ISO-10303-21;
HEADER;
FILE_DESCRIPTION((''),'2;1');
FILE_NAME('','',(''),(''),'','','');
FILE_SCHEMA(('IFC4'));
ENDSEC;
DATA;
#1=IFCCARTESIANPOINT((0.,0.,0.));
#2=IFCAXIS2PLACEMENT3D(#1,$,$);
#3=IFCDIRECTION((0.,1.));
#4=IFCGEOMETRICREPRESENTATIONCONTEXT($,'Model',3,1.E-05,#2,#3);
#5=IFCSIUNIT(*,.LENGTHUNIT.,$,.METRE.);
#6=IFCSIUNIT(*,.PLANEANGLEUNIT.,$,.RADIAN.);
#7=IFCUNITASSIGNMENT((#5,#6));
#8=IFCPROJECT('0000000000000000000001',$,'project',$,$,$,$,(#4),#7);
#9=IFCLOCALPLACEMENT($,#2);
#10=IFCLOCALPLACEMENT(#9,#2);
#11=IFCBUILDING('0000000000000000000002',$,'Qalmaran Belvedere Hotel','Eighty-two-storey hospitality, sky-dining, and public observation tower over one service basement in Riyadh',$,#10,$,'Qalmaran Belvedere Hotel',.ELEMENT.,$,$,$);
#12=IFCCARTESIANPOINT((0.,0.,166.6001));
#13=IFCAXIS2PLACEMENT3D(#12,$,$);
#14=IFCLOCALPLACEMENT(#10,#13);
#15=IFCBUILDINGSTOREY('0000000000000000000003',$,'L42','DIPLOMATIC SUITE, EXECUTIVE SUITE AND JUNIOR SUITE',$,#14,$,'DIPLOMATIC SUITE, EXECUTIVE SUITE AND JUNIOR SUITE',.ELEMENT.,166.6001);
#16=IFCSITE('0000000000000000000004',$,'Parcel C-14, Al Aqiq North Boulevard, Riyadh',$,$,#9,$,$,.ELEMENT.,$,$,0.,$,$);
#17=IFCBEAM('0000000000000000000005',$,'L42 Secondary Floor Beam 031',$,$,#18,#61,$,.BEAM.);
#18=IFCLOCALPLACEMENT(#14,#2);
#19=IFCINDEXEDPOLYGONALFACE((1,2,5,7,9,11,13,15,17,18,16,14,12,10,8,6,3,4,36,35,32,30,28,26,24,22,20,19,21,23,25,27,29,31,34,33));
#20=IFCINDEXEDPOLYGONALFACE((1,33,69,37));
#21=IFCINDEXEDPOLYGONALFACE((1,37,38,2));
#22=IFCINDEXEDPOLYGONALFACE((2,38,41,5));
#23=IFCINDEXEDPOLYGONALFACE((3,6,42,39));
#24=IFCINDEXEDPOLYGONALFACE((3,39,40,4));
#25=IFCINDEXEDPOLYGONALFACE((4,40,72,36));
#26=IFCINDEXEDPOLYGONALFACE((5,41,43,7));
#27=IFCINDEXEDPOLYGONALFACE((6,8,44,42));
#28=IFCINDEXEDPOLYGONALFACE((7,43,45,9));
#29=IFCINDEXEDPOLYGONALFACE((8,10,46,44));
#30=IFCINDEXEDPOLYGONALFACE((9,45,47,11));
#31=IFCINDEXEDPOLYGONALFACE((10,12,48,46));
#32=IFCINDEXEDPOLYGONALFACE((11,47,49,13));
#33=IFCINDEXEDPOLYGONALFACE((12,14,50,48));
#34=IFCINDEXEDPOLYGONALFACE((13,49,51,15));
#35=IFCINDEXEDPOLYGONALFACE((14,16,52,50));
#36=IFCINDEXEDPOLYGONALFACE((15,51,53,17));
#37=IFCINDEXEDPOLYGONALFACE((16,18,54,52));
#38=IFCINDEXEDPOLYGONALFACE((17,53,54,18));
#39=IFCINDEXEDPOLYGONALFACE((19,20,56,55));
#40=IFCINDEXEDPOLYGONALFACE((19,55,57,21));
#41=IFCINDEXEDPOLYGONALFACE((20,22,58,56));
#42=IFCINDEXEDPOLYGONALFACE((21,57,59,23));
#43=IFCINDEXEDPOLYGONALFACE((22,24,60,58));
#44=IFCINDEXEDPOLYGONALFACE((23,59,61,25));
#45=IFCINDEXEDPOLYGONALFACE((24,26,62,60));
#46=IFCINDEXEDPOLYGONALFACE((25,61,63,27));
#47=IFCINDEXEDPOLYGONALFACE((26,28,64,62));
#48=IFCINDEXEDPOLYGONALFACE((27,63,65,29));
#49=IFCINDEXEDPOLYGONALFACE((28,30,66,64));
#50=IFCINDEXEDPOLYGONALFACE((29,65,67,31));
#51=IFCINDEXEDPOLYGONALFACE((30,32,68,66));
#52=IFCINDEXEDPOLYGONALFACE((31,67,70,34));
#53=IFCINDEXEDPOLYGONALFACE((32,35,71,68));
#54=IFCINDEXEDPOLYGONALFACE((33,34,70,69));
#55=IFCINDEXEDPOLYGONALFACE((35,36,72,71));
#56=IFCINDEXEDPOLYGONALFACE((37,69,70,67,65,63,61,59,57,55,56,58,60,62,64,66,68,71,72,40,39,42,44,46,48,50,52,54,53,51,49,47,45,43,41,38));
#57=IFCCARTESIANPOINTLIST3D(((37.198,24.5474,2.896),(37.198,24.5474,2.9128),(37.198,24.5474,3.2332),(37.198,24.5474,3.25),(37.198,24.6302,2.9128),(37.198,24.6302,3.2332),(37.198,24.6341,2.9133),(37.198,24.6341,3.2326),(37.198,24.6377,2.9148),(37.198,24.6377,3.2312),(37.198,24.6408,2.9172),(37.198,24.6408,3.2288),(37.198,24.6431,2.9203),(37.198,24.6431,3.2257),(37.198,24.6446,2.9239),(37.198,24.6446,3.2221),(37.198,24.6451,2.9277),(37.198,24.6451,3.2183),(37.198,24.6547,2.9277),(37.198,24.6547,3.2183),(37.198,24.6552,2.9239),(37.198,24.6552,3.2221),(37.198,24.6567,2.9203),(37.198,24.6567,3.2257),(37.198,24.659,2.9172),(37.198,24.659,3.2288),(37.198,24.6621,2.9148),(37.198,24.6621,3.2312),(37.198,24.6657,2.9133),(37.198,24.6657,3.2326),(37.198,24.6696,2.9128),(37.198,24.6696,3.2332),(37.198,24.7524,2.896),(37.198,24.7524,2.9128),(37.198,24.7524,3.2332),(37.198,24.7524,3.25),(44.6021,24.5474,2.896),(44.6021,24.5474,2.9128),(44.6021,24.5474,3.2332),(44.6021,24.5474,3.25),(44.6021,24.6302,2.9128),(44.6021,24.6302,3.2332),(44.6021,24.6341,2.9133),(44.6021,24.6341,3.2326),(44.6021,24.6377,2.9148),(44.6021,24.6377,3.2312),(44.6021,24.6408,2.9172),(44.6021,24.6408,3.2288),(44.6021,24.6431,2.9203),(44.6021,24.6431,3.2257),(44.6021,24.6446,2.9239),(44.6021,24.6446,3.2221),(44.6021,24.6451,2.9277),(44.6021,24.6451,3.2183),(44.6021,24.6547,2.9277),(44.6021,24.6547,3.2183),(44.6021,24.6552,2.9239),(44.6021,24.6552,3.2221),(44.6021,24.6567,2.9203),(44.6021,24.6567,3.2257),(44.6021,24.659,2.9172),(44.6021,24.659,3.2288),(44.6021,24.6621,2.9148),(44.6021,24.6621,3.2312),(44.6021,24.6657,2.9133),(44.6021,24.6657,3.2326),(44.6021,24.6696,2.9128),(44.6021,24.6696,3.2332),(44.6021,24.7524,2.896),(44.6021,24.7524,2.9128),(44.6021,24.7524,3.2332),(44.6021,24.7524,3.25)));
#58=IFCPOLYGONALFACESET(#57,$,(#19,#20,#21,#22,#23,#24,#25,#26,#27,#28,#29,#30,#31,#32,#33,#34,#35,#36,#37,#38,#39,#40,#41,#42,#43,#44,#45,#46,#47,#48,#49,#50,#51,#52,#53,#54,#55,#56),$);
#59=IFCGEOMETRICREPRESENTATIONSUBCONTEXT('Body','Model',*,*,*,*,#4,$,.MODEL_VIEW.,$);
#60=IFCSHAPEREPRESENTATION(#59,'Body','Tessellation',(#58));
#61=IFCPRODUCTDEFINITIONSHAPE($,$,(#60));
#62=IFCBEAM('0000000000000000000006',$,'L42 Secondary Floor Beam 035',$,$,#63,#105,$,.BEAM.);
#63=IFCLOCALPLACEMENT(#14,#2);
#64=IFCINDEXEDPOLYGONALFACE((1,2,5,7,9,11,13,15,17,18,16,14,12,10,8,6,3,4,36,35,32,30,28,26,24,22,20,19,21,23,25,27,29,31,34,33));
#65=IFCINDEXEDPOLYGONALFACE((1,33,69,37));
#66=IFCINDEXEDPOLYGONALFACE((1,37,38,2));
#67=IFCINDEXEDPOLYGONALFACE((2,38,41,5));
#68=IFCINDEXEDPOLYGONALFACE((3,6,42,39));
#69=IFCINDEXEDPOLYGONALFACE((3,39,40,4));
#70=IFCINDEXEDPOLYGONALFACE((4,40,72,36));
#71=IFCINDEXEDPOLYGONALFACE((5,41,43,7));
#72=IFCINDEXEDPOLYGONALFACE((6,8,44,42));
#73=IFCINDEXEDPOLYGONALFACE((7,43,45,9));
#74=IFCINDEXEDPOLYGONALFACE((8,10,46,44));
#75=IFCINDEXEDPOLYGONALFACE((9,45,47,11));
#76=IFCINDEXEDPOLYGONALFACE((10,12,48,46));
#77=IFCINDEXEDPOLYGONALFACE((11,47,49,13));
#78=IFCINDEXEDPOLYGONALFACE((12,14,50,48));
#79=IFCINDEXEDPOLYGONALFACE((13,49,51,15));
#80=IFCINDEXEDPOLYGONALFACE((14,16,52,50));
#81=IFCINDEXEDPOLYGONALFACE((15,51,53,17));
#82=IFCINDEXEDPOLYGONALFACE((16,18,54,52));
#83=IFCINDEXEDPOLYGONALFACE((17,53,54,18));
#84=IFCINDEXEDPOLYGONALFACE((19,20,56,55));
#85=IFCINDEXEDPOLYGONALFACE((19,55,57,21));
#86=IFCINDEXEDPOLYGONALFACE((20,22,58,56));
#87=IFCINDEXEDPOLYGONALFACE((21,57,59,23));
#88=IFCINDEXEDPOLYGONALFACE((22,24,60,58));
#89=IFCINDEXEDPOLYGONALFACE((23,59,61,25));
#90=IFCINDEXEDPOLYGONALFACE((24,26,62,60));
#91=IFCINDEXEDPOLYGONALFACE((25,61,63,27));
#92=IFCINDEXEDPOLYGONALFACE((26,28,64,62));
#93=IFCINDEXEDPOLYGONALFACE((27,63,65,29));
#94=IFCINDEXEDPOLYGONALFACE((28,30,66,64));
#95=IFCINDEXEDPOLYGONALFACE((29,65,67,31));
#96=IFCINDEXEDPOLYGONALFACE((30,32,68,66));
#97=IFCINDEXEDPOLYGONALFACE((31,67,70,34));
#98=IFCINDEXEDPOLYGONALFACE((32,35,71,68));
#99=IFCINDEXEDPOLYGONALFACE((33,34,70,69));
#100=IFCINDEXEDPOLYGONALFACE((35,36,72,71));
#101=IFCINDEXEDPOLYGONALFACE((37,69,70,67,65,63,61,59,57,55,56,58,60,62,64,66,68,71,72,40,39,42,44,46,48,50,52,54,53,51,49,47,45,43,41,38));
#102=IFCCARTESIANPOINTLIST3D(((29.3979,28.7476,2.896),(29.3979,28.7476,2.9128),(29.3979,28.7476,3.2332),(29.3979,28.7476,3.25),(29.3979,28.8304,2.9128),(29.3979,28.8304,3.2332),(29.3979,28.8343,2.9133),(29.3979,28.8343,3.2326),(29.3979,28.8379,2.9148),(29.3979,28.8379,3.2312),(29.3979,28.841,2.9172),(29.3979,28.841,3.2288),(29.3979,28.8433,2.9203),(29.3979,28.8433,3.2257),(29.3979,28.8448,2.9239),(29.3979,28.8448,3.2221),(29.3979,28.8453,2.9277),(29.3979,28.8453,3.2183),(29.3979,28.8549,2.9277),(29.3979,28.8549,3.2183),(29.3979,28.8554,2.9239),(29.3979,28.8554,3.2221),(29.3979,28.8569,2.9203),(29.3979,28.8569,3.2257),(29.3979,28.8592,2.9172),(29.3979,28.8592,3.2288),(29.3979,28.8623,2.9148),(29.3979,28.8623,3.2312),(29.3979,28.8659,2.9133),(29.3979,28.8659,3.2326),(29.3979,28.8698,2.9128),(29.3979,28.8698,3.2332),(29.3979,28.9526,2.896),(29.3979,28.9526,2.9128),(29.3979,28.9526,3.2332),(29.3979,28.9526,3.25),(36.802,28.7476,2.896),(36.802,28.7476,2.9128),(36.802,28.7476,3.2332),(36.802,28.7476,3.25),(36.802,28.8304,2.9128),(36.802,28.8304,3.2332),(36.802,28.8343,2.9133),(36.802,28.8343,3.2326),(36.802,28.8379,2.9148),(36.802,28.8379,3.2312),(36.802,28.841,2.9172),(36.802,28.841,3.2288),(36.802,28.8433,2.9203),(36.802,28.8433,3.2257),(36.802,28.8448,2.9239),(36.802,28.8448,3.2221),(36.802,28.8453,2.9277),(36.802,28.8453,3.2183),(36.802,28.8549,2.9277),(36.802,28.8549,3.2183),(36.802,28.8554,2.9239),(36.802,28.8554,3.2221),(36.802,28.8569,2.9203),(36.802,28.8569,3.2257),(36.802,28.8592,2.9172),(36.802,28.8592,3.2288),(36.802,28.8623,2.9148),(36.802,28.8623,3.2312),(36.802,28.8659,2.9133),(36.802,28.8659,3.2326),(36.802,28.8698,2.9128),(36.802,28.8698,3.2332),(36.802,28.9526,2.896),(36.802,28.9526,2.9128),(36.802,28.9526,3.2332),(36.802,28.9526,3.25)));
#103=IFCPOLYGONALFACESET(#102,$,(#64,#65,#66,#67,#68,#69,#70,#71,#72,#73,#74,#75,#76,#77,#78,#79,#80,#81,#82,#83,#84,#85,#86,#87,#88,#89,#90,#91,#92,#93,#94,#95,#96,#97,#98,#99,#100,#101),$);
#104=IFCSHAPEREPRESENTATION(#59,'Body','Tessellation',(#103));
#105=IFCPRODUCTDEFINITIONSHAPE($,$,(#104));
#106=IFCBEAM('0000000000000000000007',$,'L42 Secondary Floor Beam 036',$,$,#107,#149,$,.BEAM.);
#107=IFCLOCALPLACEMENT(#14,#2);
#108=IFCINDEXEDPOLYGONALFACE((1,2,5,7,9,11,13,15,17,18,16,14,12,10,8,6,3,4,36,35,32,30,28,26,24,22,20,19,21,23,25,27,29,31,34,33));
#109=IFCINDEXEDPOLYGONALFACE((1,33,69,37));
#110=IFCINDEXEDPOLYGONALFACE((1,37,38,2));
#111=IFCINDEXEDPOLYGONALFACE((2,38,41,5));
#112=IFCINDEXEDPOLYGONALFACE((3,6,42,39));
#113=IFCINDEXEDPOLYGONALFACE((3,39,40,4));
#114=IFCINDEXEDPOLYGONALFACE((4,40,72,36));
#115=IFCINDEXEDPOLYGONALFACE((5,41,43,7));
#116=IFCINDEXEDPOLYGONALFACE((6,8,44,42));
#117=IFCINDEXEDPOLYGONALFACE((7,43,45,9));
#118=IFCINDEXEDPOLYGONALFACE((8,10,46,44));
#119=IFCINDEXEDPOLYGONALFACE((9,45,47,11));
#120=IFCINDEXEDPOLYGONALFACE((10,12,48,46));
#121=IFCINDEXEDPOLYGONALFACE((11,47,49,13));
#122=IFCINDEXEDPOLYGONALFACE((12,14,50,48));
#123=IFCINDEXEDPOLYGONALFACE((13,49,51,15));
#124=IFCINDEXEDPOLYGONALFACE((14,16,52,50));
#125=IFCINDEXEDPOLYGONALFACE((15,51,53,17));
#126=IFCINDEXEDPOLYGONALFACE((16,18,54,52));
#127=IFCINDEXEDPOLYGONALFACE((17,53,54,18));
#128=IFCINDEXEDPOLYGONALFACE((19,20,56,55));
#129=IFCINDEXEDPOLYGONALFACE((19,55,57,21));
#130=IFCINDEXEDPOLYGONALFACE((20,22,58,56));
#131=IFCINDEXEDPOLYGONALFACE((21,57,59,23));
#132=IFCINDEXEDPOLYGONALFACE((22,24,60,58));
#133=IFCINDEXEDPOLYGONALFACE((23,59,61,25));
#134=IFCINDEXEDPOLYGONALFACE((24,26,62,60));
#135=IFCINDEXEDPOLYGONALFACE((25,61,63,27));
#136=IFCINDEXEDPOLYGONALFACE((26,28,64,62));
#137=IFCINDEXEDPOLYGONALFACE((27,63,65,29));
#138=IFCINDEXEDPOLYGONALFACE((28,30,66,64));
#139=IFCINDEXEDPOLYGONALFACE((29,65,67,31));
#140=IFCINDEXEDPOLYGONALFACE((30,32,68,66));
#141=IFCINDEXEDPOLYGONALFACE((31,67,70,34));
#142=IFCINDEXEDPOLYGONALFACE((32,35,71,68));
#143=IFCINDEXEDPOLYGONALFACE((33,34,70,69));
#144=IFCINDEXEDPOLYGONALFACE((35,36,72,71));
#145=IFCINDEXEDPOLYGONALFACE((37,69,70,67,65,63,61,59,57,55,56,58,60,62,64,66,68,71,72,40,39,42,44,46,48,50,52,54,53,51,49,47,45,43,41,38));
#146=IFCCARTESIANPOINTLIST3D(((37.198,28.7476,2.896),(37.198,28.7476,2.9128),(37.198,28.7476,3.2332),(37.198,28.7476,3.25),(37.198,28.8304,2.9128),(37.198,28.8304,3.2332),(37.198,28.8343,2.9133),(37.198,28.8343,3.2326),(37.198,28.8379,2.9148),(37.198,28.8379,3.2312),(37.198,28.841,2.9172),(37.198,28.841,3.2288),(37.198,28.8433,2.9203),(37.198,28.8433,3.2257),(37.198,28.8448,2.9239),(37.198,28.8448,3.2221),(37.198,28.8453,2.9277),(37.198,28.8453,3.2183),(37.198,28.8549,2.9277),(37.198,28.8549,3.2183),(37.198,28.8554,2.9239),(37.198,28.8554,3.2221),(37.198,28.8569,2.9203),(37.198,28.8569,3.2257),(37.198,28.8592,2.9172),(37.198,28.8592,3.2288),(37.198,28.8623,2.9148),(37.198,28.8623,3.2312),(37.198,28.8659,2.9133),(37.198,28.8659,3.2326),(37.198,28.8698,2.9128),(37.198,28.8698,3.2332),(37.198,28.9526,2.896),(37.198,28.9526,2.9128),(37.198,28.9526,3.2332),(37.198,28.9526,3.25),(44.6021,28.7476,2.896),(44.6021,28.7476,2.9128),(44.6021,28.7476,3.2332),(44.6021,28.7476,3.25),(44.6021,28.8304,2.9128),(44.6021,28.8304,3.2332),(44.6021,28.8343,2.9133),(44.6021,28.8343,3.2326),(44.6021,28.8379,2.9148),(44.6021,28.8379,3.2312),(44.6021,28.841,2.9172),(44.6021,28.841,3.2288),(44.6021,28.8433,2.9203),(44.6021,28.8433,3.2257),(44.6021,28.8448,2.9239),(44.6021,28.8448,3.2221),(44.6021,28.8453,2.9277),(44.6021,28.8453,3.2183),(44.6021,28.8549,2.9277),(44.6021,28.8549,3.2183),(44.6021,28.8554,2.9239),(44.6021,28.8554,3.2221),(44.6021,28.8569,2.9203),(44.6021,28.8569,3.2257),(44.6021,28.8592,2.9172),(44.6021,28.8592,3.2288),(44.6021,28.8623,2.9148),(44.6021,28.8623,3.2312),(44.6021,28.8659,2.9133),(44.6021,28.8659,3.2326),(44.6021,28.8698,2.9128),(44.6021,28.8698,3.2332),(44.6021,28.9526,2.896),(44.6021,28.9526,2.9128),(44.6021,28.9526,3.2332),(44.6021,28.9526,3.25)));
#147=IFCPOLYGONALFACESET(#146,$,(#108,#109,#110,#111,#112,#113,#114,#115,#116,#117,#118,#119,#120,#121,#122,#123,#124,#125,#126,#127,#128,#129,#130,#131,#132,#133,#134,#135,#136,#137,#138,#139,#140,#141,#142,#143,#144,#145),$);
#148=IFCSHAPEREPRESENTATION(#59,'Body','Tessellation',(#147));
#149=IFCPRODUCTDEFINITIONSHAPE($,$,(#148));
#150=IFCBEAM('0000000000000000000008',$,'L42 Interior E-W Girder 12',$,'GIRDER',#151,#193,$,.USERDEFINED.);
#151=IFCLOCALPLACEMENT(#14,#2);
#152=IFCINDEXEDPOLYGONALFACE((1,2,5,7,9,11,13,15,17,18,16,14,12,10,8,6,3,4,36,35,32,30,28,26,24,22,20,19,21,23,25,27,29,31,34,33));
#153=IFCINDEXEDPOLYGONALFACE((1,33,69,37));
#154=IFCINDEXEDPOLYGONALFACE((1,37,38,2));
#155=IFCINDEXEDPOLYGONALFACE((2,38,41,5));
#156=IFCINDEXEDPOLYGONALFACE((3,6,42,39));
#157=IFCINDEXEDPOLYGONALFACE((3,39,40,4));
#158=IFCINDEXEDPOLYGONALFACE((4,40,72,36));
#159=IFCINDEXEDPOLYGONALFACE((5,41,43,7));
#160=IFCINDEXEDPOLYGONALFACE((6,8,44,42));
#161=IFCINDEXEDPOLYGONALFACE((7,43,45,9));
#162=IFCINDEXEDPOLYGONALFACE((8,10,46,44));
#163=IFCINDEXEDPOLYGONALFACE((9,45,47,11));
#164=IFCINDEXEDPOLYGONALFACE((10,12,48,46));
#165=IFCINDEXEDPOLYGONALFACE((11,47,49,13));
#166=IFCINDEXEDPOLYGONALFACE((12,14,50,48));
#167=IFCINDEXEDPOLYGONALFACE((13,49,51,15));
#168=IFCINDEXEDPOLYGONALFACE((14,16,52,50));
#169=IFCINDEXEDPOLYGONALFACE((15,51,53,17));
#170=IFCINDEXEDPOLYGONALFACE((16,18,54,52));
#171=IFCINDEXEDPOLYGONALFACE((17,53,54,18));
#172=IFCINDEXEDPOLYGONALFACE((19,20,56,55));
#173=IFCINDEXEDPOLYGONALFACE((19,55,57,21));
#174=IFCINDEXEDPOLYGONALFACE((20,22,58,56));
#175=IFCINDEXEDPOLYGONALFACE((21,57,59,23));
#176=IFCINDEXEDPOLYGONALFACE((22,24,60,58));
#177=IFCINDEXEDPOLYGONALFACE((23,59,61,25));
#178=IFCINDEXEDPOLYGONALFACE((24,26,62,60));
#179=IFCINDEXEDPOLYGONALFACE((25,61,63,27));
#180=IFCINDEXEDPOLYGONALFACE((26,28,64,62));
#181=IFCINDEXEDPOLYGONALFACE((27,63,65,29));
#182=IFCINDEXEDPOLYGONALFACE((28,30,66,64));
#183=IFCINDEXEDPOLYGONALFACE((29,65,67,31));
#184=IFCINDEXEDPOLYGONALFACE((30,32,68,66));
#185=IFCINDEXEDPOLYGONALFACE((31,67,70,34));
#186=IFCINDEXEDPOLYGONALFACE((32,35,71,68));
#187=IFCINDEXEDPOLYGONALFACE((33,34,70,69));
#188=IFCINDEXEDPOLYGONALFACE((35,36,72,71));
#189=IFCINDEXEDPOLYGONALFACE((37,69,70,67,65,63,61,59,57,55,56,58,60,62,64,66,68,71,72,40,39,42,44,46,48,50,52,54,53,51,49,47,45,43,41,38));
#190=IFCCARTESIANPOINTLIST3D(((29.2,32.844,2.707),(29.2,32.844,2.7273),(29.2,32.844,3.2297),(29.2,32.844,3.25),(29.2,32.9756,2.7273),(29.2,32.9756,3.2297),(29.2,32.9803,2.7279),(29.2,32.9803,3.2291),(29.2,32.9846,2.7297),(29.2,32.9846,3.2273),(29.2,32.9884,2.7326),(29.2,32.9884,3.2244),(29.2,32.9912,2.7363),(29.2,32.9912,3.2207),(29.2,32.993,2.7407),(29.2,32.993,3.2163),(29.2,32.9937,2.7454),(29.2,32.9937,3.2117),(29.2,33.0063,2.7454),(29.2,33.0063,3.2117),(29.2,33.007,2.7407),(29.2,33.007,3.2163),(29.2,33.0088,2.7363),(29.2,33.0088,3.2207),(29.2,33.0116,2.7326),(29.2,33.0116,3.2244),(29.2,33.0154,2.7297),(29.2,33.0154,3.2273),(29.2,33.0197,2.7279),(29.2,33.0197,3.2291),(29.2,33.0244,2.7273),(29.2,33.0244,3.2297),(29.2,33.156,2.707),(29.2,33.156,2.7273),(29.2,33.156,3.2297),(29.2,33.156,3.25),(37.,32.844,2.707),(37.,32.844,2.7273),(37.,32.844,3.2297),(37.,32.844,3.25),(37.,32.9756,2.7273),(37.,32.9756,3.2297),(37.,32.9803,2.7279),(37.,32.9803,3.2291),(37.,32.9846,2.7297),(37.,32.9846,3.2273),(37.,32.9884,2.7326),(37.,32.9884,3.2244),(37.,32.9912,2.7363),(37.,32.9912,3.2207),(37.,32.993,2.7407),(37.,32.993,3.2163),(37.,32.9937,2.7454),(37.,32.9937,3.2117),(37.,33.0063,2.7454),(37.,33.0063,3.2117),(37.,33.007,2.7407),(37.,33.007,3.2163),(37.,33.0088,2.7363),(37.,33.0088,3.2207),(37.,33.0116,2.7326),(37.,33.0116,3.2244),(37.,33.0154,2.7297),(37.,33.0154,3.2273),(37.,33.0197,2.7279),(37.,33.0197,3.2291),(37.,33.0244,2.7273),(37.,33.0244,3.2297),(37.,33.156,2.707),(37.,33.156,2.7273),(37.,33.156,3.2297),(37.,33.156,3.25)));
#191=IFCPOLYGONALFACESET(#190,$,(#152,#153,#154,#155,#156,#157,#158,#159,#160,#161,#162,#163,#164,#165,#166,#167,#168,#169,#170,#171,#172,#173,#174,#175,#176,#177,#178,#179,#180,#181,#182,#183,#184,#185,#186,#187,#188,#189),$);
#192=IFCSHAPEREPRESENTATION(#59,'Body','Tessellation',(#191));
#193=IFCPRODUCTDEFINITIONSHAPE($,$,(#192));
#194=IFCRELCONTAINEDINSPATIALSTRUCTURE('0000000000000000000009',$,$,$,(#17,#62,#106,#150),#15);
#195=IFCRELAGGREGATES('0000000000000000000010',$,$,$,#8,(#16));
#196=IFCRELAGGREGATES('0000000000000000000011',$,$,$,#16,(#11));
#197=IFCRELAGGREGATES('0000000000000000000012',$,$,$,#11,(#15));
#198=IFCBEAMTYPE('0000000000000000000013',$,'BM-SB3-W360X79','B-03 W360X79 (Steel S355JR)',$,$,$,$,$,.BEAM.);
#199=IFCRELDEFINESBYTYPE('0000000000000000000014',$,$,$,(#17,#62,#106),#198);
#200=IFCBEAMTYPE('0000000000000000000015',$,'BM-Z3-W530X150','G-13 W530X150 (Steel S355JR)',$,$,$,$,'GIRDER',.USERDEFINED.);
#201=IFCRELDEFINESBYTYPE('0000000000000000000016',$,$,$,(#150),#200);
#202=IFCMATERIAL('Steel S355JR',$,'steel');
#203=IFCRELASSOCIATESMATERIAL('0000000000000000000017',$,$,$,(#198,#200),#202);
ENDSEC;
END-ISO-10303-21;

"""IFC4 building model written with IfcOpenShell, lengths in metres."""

from ifc_helpers import new_model, si_unit, direction, frame, origin, origin_2d, place, context, subcontext, project, spatial, i_section, extrude, material, material_profile, profile_set, type_object, element, save


model = new_model("IFC4")

# Units and contexts
model_context = context("Model", 3, precision=1e-05, world=origin(), true_north=direction((0.0, 1.0)))
body_context = subcontext(model_context, "Body", "Model", "MODEL_VIEW")
ifc_project = project(units=[si_unit("LENGTHUNIT", "METRE"), si_unit("PLANEANGLEUNIT", "RADIAN")], contexts=[model_context])

# Site, building, storey
site_placement = place(None, origin())
site = spatial("IfcSite", under=ifc_project, at=site_placement, Name="Parcel C-14, Al Aqiq North Boulevard, Riyadh", CompositionType="ELEMENT", RefElevation=0.0)
building_placement = place(site_placement, origin())
building = spatial("IfcBuilding", under=site, at=building_placement, Name="Qalmaran Belvedere Hotel", Description="Eighty-two-storey hospitality, sky-dining, and public observation tower over one service basement in Riyadh", LongName="Qalmaran Belvedere Hotel", CompositionType="ELEMENT")
storey_placement = place(building_placement, frame((0.0, 0.0, 166.6001)))
storey = spatial("IfcBuildingStorey", under=building, at=storey_placement, Name="L42", Description="DIPLOMATIC SUITE, EXECUTIVE SUITE AND JUNIOR SUITE", LongName="DIPLOMATIC SUITE, EXECUTIVE SUITE AND JUNIOR SUITE", CompositionType="ELEMENT", Elevation=166.6001)

# Beams
ifc_material_1 = material(Name="Steel S355JR", Category="steel")
ifc_material_profile_1 = material_profile(ifc_material_1, i_section(OverallWidth=0.2051, OverallDepth=0.354, WebThickness=0.0095, FlangeThickness=0.0168, FilletRadius=0.0149, at=origin_2d()), Name="W360X79")
ifc_profile_set_1 = profile_set([ifc_material_profile_1], Name="Steel S355JR")
beam_type_1 = type_object("IfcBeamType", Name="BM-SB3-W360X79", Description="B-03 W360X79 (Steel S355JR)", PredefinedType="BEAM", material=ifc_profile_set_1)
for number, where, z_axis, x_axis, name in (
    (1, (37.198, 24.6499, 3.073), (1.0, 0.0, 0.0), (0.0, 1.0, 0.0), "L42 Secondary Floor Beam 031"),
    (2, (29.3979, 28.8501, 3.073), (1.0, 0.0, 0.0), (0.0, 1.0, 0.0), "L42 Secondary Floor Beam 035"),
    (3, (37.198, 28.8501, 3.073), (1.0, 0.0, 0.0), (0.0, 1.0, 0.0), "L42 Secondary Floor Beam 036"),
):
    element("IfcBeam", number, at=place(storey_placement, frame(where, z_axis=z_axis, x_axis=x_axis)), inside=storey, type_object=beam_type_1, Name=name, PredefinedType="BEAM", context=body_context, shape_type="SweptSolid", body=[
        extrude(i_section(OverallWidth=0.2051, OverallDepth=0.354, WebThickness=0.0095, FlangeThickness=0.0168, FilletRadius=0.0149, at=origin_2d()), origin(), (0.0, 0.0, 1.0), 7.4041),
    ])
ifc_material_profile_2 = material_profile(ifc_material_1, i_section(OverallWidth=0.312, OverallDepth=0.543, WebThickness=0.0127, FlangeThickness=0.0203, FilletRadius=0.0181, at=origin_2d()), Name="W530X150")
ifc_profile_set_2 = profile_set([ifc_material_profile_2], Name="Steel S355JR")
beam_type_2 = type_object("IfcBeamType", Name="BM-Z3-W530X150", Description="G-13 W530X150 (Steel S355JR)", ElementType="GIRDER", PredefinedType="USERDEFINED", material=ifc_profile_set_2)
for number, where, z_axis, x_axis, name in (
    (4, (29.2, 33.0, 2.9785), (1.0, 0.0, 0.0), (0.0, 1.0, 0.0), "L42 Interior E-W Girder 12"),
):
    element("IfcBeam", number, at=place(storey_placement, frame(where, z_axis=z_axis, x_axis=x_axis)), inside=storey, type_object=beam_type_2, Name=name, ObjectType="GIRDER", PredefinedType="USERDEFINED", context=body_context, shape_type="SweptSolid", body=[
        extrude(i_section(OverallWidth=0.312, OverallDepth=0.543, WebThickness=0.0127, FlangeThickness=0.0203, FilletRadius=0.0181, at=origin_2d()), origin(), (0.0, 0.0, 1.0), 7.8),
    ])

save(model, "model.ifc")
